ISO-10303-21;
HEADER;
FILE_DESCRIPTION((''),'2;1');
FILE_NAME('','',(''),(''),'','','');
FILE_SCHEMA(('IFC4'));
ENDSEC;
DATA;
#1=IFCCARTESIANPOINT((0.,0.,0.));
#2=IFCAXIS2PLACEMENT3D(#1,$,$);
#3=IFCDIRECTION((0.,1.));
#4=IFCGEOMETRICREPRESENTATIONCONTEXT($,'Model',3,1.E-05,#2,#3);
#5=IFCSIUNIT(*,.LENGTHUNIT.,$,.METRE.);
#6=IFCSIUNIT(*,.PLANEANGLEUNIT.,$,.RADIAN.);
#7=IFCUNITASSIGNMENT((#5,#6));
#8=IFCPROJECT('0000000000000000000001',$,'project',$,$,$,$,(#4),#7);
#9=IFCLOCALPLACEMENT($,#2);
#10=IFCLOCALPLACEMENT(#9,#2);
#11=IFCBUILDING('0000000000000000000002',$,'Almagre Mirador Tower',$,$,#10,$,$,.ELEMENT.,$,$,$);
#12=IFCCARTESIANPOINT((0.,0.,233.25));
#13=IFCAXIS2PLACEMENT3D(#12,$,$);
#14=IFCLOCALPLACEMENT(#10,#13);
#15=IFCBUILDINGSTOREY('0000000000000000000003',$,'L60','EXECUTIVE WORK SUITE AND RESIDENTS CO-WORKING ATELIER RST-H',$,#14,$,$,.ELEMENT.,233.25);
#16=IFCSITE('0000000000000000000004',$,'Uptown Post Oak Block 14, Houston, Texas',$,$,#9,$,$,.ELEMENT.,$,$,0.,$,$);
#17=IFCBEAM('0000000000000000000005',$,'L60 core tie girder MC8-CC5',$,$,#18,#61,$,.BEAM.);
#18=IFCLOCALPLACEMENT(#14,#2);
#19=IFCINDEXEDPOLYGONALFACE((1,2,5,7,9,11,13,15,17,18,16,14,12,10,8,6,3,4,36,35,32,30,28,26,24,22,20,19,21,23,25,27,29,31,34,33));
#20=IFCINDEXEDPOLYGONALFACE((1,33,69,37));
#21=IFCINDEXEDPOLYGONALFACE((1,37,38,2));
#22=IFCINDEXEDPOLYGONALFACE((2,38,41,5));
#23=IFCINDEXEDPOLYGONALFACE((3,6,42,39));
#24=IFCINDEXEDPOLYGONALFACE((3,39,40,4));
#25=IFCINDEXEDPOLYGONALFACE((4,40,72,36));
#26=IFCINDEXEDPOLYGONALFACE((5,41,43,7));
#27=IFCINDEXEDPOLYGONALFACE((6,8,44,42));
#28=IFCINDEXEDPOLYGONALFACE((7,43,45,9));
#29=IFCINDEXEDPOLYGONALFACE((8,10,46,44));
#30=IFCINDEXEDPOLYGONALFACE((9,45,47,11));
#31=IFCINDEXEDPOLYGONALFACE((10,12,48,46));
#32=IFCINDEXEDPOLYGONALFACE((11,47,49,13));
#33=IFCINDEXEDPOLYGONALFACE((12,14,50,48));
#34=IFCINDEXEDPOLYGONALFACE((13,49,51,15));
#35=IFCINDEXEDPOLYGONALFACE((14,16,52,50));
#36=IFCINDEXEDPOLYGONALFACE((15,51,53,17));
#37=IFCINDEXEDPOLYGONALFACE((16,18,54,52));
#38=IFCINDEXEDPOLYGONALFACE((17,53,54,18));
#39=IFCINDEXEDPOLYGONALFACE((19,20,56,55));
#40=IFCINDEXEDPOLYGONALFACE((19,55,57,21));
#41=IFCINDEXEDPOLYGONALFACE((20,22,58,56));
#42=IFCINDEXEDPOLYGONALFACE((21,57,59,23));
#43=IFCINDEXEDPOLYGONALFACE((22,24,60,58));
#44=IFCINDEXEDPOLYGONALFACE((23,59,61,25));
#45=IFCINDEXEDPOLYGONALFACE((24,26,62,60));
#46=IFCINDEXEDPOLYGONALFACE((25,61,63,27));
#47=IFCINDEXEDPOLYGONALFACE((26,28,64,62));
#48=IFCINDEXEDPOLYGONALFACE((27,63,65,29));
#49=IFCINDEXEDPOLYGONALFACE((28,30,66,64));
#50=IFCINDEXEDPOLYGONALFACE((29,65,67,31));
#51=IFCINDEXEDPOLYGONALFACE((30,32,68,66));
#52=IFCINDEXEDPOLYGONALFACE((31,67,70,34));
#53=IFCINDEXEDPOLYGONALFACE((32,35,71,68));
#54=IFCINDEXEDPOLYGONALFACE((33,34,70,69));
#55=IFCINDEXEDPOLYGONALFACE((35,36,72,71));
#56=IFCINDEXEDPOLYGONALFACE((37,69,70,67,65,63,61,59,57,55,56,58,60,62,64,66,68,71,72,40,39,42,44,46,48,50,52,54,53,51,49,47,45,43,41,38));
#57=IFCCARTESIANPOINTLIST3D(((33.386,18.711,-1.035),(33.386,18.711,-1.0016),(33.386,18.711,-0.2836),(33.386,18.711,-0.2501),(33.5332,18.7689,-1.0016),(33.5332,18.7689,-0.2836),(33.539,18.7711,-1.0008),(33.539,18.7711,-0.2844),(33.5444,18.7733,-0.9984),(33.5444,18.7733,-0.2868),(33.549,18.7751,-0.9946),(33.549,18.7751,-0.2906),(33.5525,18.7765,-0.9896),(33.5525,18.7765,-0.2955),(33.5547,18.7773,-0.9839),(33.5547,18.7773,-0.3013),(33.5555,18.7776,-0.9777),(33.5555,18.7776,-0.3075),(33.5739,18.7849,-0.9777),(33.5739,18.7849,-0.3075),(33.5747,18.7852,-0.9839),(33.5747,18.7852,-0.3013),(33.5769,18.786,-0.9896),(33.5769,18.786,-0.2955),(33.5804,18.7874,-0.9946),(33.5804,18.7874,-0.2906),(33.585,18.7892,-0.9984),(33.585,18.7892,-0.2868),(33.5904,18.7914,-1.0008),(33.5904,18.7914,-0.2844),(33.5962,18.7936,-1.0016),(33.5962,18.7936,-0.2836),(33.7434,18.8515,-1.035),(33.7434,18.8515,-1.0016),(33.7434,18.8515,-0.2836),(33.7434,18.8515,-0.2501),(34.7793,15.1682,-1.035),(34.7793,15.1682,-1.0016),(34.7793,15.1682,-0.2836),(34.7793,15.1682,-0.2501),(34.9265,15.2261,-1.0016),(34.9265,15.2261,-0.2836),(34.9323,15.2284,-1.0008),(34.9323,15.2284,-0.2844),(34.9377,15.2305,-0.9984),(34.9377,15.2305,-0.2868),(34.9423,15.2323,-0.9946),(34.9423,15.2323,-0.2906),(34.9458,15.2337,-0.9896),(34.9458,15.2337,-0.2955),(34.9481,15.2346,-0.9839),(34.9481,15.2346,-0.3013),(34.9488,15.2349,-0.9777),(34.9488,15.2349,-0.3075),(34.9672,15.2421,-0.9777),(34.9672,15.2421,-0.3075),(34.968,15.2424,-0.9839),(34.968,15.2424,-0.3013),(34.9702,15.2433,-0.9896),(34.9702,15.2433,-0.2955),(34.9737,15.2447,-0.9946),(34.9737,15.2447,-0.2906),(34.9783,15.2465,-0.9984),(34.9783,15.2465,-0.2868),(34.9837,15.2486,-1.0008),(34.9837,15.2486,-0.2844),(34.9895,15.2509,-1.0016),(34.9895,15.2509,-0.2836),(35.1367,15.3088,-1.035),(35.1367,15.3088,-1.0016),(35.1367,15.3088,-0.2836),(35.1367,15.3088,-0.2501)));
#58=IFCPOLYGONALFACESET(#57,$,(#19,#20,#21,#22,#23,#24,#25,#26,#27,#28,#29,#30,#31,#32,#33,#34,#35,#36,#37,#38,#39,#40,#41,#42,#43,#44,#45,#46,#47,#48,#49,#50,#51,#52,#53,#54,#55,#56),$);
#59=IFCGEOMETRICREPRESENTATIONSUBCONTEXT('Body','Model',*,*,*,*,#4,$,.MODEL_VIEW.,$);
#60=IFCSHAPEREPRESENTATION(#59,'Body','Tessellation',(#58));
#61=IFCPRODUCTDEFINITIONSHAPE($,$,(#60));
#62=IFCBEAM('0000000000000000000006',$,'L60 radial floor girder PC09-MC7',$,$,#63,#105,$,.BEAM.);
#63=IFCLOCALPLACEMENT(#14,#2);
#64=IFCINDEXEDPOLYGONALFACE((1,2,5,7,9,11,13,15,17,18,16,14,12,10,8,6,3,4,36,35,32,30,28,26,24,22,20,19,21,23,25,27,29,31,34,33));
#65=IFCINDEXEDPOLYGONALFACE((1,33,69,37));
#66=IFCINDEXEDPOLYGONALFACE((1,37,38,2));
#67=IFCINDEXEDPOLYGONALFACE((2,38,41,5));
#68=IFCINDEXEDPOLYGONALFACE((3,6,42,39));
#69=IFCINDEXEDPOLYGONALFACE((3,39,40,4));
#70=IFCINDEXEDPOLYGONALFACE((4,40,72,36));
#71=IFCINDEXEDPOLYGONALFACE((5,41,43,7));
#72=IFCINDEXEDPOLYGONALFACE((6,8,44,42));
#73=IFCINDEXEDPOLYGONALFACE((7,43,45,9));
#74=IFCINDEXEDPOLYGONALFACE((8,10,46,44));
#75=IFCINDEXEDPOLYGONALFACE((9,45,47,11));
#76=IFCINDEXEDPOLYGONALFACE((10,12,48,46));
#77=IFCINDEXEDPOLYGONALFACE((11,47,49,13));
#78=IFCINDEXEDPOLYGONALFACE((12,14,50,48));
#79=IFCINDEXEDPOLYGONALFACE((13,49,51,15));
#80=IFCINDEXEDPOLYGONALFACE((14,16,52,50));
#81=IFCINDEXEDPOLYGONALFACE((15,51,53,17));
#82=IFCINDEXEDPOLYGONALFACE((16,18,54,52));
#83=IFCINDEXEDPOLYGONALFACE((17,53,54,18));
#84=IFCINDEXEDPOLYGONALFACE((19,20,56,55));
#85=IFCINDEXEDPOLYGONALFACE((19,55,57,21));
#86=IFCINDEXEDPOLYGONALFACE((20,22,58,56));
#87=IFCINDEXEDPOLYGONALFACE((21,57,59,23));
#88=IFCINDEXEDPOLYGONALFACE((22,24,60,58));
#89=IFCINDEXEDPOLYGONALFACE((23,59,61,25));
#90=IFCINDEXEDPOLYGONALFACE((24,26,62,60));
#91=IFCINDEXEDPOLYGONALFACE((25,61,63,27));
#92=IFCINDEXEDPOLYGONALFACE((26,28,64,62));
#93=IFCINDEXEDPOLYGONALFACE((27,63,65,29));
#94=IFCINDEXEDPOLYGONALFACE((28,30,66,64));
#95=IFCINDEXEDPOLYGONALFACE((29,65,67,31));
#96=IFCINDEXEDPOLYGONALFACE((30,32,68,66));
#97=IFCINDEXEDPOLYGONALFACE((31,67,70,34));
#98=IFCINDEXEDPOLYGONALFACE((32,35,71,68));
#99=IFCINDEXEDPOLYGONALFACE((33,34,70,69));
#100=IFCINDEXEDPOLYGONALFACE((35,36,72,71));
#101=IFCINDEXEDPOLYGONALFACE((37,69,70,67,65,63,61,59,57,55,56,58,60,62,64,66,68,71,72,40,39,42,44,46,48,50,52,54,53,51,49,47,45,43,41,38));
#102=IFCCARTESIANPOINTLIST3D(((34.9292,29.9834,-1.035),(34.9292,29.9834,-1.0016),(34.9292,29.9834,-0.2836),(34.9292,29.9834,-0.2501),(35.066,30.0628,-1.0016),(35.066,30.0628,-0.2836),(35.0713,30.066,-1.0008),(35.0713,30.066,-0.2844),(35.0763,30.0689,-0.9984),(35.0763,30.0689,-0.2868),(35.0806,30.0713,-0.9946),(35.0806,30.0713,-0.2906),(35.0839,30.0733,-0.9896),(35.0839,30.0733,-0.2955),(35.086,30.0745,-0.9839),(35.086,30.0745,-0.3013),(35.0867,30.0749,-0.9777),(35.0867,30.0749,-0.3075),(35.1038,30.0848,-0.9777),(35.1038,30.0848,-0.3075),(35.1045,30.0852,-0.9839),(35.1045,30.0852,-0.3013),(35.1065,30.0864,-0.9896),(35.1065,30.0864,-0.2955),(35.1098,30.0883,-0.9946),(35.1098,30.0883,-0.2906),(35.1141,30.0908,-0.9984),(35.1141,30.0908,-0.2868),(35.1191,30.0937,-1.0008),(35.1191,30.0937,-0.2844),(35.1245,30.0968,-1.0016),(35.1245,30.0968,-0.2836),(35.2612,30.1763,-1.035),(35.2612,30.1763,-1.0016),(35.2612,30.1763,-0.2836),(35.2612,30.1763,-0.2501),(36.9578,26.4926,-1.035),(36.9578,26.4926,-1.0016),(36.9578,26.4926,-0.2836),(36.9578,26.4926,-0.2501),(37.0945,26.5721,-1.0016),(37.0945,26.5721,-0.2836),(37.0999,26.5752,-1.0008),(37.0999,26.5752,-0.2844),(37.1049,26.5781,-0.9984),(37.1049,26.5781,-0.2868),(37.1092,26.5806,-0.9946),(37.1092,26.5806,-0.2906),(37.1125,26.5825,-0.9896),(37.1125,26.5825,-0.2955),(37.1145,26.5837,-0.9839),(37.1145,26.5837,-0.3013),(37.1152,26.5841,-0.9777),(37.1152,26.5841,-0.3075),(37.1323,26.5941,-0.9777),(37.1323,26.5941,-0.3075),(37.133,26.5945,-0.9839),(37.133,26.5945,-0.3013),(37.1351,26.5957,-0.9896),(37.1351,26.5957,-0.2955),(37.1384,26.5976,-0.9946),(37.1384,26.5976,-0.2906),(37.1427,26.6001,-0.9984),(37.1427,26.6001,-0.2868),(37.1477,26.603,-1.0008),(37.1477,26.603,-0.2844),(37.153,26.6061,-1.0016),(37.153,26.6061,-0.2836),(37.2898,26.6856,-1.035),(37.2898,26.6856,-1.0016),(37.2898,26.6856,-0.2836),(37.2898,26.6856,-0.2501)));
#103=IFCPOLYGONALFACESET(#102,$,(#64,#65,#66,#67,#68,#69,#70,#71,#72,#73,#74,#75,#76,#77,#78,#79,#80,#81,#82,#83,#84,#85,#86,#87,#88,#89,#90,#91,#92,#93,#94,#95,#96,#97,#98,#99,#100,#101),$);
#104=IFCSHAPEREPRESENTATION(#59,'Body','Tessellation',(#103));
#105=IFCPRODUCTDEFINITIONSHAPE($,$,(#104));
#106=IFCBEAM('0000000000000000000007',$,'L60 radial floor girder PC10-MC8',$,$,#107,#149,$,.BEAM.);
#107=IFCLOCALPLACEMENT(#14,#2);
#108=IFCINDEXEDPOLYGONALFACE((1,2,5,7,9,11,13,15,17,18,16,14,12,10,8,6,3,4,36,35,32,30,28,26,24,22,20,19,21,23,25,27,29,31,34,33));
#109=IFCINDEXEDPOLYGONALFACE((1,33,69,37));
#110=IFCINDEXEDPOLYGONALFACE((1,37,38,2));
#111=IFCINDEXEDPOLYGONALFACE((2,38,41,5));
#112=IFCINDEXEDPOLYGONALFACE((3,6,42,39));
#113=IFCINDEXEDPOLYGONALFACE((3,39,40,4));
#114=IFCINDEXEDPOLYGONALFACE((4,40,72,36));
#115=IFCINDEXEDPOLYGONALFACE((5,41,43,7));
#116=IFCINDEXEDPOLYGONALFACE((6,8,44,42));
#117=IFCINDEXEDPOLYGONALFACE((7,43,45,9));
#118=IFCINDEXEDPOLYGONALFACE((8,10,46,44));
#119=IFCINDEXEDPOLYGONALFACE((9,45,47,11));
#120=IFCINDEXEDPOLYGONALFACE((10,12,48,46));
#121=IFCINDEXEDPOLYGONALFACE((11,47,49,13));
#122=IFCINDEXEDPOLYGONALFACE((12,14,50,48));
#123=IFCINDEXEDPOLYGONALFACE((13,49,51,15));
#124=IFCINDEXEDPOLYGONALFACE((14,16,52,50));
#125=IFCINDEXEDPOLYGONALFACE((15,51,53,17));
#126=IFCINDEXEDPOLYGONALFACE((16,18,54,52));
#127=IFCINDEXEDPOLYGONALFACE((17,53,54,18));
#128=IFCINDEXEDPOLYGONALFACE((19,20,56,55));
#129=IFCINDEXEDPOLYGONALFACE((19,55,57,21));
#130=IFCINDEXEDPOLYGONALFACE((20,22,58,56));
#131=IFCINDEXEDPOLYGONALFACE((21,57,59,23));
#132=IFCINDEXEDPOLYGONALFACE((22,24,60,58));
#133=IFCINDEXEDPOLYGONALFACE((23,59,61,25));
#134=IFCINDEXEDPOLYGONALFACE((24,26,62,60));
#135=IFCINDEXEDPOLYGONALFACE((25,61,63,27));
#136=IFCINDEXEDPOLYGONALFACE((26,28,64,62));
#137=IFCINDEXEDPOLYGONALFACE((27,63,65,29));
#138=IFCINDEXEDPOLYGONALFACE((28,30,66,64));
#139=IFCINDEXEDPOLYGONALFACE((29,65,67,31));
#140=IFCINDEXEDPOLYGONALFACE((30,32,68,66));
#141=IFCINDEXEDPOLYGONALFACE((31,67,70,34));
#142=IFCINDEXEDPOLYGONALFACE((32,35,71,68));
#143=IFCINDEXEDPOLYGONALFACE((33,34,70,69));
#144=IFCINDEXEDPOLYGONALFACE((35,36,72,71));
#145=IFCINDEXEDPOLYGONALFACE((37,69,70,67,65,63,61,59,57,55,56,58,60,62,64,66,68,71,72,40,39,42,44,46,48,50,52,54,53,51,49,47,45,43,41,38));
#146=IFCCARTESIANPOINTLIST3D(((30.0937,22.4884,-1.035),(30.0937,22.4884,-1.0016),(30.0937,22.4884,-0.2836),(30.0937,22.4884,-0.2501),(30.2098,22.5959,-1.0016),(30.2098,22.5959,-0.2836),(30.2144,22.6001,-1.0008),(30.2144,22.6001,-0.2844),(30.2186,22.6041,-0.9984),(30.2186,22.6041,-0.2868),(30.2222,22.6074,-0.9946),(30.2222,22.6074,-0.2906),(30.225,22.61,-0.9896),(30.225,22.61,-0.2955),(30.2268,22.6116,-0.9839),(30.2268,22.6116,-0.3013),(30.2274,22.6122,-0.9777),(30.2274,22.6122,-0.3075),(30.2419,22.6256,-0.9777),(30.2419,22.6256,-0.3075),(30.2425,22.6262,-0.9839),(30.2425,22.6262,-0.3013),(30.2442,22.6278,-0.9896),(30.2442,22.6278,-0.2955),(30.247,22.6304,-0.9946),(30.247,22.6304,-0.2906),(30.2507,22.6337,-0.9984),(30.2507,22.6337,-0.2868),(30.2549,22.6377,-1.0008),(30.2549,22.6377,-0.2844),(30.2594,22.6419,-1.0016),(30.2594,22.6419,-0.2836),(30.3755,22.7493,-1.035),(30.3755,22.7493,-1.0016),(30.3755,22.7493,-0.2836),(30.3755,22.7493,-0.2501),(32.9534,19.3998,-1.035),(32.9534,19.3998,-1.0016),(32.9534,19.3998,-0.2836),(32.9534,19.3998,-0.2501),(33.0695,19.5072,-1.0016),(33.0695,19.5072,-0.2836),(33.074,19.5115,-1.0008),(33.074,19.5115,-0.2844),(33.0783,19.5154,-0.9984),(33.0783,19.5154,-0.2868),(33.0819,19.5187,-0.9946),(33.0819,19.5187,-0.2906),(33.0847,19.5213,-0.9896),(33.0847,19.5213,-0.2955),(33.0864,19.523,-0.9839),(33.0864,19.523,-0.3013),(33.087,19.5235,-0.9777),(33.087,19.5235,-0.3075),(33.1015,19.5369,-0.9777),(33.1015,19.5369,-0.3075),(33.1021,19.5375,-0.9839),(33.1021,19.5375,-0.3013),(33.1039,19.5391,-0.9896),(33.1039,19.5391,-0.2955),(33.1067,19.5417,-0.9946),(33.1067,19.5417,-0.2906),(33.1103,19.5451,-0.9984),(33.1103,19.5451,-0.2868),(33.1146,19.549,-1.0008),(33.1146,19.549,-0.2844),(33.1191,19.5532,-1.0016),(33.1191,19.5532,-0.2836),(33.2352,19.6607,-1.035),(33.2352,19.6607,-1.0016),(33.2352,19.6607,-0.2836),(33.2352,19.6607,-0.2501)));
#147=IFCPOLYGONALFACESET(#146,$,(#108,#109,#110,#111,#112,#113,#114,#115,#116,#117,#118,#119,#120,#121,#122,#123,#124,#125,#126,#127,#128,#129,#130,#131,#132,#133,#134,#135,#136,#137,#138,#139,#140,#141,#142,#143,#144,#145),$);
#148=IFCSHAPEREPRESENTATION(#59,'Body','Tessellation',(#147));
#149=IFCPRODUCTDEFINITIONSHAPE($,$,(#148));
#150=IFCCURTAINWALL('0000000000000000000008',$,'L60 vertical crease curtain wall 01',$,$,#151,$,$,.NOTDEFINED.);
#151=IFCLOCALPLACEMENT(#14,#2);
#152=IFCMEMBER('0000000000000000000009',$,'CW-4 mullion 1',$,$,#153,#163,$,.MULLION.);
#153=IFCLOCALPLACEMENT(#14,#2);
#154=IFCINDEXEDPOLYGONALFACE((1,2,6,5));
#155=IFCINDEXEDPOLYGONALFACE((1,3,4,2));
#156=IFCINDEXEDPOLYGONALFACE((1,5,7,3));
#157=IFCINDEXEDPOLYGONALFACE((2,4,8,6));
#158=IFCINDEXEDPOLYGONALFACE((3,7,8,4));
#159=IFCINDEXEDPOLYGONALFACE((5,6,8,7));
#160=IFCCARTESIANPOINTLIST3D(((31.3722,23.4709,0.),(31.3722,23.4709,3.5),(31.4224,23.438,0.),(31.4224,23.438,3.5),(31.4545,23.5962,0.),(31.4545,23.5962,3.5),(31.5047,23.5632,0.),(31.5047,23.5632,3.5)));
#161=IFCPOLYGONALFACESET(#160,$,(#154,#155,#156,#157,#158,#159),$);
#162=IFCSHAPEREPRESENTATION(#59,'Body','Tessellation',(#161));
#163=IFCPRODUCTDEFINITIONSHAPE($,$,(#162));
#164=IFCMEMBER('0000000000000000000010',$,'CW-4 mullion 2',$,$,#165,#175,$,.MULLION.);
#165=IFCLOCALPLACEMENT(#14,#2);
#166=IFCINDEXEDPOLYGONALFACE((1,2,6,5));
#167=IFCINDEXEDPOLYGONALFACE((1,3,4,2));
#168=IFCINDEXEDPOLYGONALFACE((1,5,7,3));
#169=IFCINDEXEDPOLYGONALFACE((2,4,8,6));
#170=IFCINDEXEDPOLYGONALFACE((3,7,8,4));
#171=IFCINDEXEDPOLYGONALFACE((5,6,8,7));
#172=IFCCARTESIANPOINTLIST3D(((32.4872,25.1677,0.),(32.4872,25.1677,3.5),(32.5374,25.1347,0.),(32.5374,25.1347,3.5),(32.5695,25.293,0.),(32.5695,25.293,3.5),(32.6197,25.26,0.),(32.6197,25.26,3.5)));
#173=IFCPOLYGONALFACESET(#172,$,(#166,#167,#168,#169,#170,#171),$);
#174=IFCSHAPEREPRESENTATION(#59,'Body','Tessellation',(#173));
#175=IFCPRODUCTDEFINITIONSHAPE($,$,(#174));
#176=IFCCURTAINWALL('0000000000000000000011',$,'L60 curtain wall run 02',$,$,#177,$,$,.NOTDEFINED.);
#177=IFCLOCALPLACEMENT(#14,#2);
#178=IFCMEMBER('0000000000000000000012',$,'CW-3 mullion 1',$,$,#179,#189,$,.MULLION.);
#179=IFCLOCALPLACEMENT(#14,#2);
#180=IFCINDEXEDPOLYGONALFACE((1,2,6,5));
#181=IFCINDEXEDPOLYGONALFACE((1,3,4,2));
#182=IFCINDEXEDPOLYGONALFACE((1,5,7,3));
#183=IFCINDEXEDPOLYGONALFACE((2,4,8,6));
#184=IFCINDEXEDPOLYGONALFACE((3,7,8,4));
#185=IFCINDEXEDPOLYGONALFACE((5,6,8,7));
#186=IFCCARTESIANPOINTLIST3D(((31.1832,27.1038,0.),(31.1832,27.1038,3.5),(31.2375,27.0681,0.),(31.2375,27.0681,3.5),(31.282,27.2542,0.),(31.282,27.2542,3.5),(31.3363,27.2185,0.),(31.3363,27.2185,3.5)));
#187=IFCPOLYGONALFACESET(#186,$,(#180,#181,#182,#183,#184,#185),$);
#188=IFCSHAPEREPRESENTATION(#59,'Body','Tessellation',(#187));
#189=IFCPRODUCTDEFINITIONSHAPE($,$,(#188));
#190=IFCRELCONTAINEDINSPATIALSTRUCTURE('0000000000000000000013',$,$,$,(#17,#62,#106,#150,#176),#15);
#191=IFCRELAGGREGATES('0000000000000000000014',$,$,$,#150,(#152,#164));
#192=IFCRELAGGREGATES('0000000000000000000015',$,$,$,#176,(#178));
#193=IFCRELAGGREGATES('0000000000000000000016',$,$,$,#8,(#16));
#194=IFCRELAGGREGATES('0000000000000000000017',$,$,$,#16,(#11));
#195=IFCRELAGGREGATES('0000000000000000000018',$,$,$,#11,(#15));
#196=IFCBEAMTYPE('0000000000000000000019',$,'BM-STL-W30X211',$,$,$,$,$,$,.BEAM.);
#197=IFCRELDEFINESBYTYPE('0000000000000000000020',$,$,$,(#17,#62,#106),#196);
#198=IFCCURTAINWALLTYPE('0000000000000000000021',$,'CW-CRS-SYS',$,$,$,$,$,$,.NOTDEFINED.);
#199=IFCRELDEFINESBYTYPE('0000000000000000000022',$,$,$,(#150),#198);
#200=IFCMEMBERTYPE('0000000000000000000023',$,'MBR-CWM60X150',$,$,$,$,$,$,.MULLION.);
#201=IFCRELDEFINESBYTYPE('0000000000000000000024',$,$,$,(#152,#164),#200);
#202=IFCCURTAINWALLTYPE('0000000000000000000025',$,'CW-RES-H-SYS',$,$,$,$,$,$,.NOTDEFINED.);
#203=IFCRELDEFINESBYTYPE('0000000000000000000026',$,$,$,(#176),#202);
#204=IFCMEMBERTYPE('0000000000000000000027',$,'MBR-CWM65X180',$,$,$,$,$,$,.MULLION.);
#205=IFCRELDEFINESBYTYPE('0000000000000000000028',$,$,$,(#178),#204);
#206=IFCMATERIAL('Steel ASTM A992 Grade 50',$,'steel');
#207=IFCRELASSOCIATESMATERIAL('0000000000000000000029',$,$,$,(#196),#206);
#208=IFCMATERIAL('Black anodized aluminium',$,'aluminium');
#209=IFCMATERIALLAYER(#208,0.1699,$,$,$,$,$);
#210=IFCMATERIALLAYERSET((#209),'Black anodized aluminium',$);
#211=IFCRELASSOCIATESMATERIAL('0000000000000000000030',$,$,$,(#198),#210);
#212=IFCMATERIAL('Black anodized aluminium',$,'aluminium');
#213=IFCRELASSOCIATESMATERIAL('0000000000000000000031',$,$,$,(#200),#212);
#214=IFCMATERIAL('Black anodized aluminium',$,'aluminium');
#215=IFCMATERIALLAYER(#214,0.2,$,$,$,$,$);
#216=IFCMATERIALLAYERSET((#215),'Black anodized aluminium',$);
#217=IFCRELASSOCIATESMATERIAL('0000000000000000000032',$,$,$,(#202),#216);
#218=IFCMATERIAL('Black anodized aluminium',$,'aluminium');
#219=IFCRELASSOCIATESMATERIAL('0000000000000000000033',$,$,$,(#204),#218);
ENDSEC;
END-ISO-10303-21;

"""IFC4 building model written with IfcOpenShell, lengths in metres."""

from ifc_helpers import new_model, si_unit, direction, frame, origin, origin_2d, place, context, subcontext, project, spatial, rectangle, i_section, extrude, material, layer, layer_set, material_profile, profile_set, type_object, element, aggregate, save


model = new_model("IFC4")

# Units and contexts
model_context = context("Model", 3, precision=1e-05, world=origin(), true_north=direction((0.0, 1.0)))
body_context = subcontext(model_context, "Body", "Model", "MODEL_VIEW")
ifc_project = project(units=[si_unit("LENGTHUNIT", "METRE"), si_unit("PLANEANGLEUNIT", "RADIAN")], contexts=[model_context])

# Site, building, storey
site_placement = place(None, origin())
site = spatial("IfcSite", under=ifc_project, at=site_placement, Name="Uptown Post Oak Block 14, Houston, Texas", CompositionType="ELEMENT", RefElevation=0.0)
building_placement = place(site_placement, origin())
building = spatial("IfcBuilding", under=site, at=building_placement, Name="Almagre Mirador Tower", CompositionType="ELEMENT")
storey_placement = place(building_placement, frame((0.0, 0.0, 233.25)))
storey = spatial("IfcBuildingStorey", under=building, at=storey_placement, Name="L60", Description="EXECUTIVE WORK SUITE AND RESIDENTS CO-WORKING ATELIER RST-H", CompositionType="ELEMENT", Elevation=233.25)

# Beams
ifc_material_1 = material(Name="Steel ASTM A992 Grade 50", Category="steel")
ifc_material_profile_1 = material_profile(ifc_material_1, i_section(OverallWidth=0.384, OverallDepth=0.7849, WebThickness=0.0198, FlangeThickness=0.0334, FilletRadius=0.0239, at=origin_2d()), Name="W30X211")
ifc_profile_set_1 = profile_set([ifc_material_profile_1], Name="Steel ASTM A992 Grade 50")
beam_type_1 = type_object("IfcBeamType", Name="BM-STL-W30X211", PredefinedType="BEAM", material=ifc_profile_set_1)
beam_1_placement = place(storey_placement, frame((33.5647, 18.7812, -0.6426), z_axis=(0.366, -0.930615, 0.0), x_axis=(0.930615, 0.366, 0.0)))
element("IfcBeam", 1, at=beam_1_placement, inside=storey, type_object=beam_type_1, Name="L60 core tie girder MC8-CC5", PredefinedType="BEAM", context=body_context, shape_type="SweptSolid", body=[
    extrude(i_section(OverallWidth=0.384, OverallDepth=0.7849, WebThickness=0.0198, FlangeThickness=0.0334, FilletRadius=0.0239, at=origin_2d()), origin(), (0.0, 0.0, 1.0), 3.8069),
])
beam_2_placement = place(storey_placement, frame((35.0952, 30.0798, -0.6426), z_axis=(0.502449, -0.864607, 0.0), x_axis=(0.864607, 0.502449, 0.0)))
element("IfcBeam", 2, at=beam_2_placement, inside=storey, type_object=beam_type_1, Name="L60 radial floor girder PC09-MC7", PredefinedType="BEAM", context=body_context, shape_type="SweptSolid", body=[
    extrude(i_section(OverallWidth=0.384, OverallDepth=0.7849, WebThickness=0.0198, FlangeThickness=0.0334, FilletRadius=0.0239, at=origin_2d()), origin(), (0.0, 0.0, 1.0), 4.0374),
])
beam_3_placement = place(storey_placement, frame((30.2346, 22.6189, -0.6426), z_axis=(0.67938, -0.733786, 0.0), x_axis=(0.733786, 0.67938, 0.0)))
element("IfcBeam", 3, at=beam_3_placement, inside=storey, type_object=beam_type_1, Name="L60 radial floor girder PC10-MC8", PredefinedType="BEAM", context=body_context, shape_type="SweptSolid", body=[
    extrude(i_section(OverallWidth=0.384, OverallDepth=0.7849, WebThickness=0.0198, FlangeThickness=0.0334, FilletRadius=0.0239, at=origin_2d()), origin(), (0.0, 0.0, 1.0), 4.2092),
])

# Curtain walls, members
ifc_material_2 = material(Name="Black anodized aluminium", Category="aluminium")
ifc_layer_1 = layer(ifc_material_2, 0.1699)
ifc_layer_set_1 = layer_set([ifc_layer_1], Name="Black anodized aluminium")
curtain_wall_type_1 = type_object("IfcCurtainWallType", Name="CW-CRS-SYS", PredefinedType="NOTDEFINED", material=ifc_layer_set_1)
curtain_wall_1_placement = place(storey_placement, origin())
curtain_wall_1 = element("IfcCurtainWall", 4, at=curtain_wall_1_placement, inside=storey, type_object=curtain_wall_type_1, Name="L60 vertical crease curtain wall 01", PredefinedType="NOTDEFINED")
ifc_material_3 = material(Name="Black anodized aluminium", Category="aluminium")
ifc_material_profile_2 = material_profile(ifc_material_3, rectangle(XDim=0.0601, YDim=0.1499, at=origin_2d()), Name="CWM60X150")
ifc_profile_set_2 = profile_set([ifc_material_profile_2], Name="Black anodized aluminium")
member_type_1 = type_object("IfcMemberType", Name="MBR-CWM60X150", PredefinedType="MULLION", material=ifc_profile_set_2)
member_1_placement = place(storey_placement, frame((31.4385, 23.5171, 0.0), z_axis=(0.0, 0.0, 1.0), x_axis=(-0.835712, 0.549168, 0.0)))
member_1 = element("IfcMember", 5, at=member_1_placement, type_object=member_type_1, Name="CW-4 mullion 1", PredefinedType="MULLION", context=body_context, shape_type="SweptSolid", body=[
    extrude(rectangle(XDim=0.0601, YDim=0.1499, at=origin_2d()), origin(), (0.0, 0.0, 1.0), 3.5),
])
member_2_placement = place(storey_placement, frame((32.5535, 25.2139, 0.0), z_axis=(0.0, 0.0, 1.0), x_axis=(-0.835712, 0.549168, 0.0)))
member_2 = element("IfcMember", 6, at=member_2_placement, type_object=member_type_1, Name="CW-4 mullion 2", PredefinedType="MULLION", context=body_context, shape_type="SweptSolid", body=[
    extrude(rectangle(XDim=0.0601, YDim=0.1499, at=origin_2d()), origin(), (0.0, 0.0, 1.0), 3.5),
])
ifc_material_4 = material(Name="Black anodized aluminium", Category="aluminium")
ifc_layer_2 = layer(ifc_material_4, 0.2)
ifc_layer_set_2 = layer_set([ifc_layer_2], Name="Black anodized aluminium")
curtain_wall_type_2 = type_object("IfcCurtainWallType", Name="CW-RES-H-SYS", PredefinedType="NOTDEFINED", material=ifc_layer_set_2)
curtain_wall_2_placement = place(storey_placement, origin())
curtain_wall_2 = element("IfcCurtainWall", 7, at=curtain_wall_2_placement, inside=storey, type_object=curtain_wall_type_2, Name="L60 curtain wall run 02", PredefinedType="NOTDEFINED")
ifc_material_5 = material(Name="Black anodized aluminium", Category="aluminium")
ifc_material_profile_3 = material_profile(ifc_material_5, rectangle(XDim=0.0649, YDim=0.1799, at=origin_2d()), Name="CWM65X180")
ifc_profile_set_3 = profile_set([ifc_material_profile_3], Name="Black anodized aluminium")
member_type_2 = type_object("IfcMemberType", Name="MBR-CWM65X180", PredefinedType="MULLION", material=ifc_profile_set_3)
member_3_placement = place(storey_placement, frame((31.2598, 27.1611, 0.0), z_axis=(0.0, 0.0, 1.0), x_axis=(-0.835778, 0.549068, 0.0)))
member_3 = element("IfcMember", 8, at=member_3_placement, type_object=member_type_2, Name="CW-3 mullion 1", PredefinedType="MULLION", context=body_context, shape_type="SweptSolid", body=[
    extrude(rectangle(XDim=0.0649, YDim=0.1799, at=origin_2d()), origin(), (0.0, 0.0, 1.0), 3.5),
])

aggregate(curtain_wall_1, [member_1, member_2])
aggregate(curtain_wall_2, [member_3])

save(model, "model.ifc")
